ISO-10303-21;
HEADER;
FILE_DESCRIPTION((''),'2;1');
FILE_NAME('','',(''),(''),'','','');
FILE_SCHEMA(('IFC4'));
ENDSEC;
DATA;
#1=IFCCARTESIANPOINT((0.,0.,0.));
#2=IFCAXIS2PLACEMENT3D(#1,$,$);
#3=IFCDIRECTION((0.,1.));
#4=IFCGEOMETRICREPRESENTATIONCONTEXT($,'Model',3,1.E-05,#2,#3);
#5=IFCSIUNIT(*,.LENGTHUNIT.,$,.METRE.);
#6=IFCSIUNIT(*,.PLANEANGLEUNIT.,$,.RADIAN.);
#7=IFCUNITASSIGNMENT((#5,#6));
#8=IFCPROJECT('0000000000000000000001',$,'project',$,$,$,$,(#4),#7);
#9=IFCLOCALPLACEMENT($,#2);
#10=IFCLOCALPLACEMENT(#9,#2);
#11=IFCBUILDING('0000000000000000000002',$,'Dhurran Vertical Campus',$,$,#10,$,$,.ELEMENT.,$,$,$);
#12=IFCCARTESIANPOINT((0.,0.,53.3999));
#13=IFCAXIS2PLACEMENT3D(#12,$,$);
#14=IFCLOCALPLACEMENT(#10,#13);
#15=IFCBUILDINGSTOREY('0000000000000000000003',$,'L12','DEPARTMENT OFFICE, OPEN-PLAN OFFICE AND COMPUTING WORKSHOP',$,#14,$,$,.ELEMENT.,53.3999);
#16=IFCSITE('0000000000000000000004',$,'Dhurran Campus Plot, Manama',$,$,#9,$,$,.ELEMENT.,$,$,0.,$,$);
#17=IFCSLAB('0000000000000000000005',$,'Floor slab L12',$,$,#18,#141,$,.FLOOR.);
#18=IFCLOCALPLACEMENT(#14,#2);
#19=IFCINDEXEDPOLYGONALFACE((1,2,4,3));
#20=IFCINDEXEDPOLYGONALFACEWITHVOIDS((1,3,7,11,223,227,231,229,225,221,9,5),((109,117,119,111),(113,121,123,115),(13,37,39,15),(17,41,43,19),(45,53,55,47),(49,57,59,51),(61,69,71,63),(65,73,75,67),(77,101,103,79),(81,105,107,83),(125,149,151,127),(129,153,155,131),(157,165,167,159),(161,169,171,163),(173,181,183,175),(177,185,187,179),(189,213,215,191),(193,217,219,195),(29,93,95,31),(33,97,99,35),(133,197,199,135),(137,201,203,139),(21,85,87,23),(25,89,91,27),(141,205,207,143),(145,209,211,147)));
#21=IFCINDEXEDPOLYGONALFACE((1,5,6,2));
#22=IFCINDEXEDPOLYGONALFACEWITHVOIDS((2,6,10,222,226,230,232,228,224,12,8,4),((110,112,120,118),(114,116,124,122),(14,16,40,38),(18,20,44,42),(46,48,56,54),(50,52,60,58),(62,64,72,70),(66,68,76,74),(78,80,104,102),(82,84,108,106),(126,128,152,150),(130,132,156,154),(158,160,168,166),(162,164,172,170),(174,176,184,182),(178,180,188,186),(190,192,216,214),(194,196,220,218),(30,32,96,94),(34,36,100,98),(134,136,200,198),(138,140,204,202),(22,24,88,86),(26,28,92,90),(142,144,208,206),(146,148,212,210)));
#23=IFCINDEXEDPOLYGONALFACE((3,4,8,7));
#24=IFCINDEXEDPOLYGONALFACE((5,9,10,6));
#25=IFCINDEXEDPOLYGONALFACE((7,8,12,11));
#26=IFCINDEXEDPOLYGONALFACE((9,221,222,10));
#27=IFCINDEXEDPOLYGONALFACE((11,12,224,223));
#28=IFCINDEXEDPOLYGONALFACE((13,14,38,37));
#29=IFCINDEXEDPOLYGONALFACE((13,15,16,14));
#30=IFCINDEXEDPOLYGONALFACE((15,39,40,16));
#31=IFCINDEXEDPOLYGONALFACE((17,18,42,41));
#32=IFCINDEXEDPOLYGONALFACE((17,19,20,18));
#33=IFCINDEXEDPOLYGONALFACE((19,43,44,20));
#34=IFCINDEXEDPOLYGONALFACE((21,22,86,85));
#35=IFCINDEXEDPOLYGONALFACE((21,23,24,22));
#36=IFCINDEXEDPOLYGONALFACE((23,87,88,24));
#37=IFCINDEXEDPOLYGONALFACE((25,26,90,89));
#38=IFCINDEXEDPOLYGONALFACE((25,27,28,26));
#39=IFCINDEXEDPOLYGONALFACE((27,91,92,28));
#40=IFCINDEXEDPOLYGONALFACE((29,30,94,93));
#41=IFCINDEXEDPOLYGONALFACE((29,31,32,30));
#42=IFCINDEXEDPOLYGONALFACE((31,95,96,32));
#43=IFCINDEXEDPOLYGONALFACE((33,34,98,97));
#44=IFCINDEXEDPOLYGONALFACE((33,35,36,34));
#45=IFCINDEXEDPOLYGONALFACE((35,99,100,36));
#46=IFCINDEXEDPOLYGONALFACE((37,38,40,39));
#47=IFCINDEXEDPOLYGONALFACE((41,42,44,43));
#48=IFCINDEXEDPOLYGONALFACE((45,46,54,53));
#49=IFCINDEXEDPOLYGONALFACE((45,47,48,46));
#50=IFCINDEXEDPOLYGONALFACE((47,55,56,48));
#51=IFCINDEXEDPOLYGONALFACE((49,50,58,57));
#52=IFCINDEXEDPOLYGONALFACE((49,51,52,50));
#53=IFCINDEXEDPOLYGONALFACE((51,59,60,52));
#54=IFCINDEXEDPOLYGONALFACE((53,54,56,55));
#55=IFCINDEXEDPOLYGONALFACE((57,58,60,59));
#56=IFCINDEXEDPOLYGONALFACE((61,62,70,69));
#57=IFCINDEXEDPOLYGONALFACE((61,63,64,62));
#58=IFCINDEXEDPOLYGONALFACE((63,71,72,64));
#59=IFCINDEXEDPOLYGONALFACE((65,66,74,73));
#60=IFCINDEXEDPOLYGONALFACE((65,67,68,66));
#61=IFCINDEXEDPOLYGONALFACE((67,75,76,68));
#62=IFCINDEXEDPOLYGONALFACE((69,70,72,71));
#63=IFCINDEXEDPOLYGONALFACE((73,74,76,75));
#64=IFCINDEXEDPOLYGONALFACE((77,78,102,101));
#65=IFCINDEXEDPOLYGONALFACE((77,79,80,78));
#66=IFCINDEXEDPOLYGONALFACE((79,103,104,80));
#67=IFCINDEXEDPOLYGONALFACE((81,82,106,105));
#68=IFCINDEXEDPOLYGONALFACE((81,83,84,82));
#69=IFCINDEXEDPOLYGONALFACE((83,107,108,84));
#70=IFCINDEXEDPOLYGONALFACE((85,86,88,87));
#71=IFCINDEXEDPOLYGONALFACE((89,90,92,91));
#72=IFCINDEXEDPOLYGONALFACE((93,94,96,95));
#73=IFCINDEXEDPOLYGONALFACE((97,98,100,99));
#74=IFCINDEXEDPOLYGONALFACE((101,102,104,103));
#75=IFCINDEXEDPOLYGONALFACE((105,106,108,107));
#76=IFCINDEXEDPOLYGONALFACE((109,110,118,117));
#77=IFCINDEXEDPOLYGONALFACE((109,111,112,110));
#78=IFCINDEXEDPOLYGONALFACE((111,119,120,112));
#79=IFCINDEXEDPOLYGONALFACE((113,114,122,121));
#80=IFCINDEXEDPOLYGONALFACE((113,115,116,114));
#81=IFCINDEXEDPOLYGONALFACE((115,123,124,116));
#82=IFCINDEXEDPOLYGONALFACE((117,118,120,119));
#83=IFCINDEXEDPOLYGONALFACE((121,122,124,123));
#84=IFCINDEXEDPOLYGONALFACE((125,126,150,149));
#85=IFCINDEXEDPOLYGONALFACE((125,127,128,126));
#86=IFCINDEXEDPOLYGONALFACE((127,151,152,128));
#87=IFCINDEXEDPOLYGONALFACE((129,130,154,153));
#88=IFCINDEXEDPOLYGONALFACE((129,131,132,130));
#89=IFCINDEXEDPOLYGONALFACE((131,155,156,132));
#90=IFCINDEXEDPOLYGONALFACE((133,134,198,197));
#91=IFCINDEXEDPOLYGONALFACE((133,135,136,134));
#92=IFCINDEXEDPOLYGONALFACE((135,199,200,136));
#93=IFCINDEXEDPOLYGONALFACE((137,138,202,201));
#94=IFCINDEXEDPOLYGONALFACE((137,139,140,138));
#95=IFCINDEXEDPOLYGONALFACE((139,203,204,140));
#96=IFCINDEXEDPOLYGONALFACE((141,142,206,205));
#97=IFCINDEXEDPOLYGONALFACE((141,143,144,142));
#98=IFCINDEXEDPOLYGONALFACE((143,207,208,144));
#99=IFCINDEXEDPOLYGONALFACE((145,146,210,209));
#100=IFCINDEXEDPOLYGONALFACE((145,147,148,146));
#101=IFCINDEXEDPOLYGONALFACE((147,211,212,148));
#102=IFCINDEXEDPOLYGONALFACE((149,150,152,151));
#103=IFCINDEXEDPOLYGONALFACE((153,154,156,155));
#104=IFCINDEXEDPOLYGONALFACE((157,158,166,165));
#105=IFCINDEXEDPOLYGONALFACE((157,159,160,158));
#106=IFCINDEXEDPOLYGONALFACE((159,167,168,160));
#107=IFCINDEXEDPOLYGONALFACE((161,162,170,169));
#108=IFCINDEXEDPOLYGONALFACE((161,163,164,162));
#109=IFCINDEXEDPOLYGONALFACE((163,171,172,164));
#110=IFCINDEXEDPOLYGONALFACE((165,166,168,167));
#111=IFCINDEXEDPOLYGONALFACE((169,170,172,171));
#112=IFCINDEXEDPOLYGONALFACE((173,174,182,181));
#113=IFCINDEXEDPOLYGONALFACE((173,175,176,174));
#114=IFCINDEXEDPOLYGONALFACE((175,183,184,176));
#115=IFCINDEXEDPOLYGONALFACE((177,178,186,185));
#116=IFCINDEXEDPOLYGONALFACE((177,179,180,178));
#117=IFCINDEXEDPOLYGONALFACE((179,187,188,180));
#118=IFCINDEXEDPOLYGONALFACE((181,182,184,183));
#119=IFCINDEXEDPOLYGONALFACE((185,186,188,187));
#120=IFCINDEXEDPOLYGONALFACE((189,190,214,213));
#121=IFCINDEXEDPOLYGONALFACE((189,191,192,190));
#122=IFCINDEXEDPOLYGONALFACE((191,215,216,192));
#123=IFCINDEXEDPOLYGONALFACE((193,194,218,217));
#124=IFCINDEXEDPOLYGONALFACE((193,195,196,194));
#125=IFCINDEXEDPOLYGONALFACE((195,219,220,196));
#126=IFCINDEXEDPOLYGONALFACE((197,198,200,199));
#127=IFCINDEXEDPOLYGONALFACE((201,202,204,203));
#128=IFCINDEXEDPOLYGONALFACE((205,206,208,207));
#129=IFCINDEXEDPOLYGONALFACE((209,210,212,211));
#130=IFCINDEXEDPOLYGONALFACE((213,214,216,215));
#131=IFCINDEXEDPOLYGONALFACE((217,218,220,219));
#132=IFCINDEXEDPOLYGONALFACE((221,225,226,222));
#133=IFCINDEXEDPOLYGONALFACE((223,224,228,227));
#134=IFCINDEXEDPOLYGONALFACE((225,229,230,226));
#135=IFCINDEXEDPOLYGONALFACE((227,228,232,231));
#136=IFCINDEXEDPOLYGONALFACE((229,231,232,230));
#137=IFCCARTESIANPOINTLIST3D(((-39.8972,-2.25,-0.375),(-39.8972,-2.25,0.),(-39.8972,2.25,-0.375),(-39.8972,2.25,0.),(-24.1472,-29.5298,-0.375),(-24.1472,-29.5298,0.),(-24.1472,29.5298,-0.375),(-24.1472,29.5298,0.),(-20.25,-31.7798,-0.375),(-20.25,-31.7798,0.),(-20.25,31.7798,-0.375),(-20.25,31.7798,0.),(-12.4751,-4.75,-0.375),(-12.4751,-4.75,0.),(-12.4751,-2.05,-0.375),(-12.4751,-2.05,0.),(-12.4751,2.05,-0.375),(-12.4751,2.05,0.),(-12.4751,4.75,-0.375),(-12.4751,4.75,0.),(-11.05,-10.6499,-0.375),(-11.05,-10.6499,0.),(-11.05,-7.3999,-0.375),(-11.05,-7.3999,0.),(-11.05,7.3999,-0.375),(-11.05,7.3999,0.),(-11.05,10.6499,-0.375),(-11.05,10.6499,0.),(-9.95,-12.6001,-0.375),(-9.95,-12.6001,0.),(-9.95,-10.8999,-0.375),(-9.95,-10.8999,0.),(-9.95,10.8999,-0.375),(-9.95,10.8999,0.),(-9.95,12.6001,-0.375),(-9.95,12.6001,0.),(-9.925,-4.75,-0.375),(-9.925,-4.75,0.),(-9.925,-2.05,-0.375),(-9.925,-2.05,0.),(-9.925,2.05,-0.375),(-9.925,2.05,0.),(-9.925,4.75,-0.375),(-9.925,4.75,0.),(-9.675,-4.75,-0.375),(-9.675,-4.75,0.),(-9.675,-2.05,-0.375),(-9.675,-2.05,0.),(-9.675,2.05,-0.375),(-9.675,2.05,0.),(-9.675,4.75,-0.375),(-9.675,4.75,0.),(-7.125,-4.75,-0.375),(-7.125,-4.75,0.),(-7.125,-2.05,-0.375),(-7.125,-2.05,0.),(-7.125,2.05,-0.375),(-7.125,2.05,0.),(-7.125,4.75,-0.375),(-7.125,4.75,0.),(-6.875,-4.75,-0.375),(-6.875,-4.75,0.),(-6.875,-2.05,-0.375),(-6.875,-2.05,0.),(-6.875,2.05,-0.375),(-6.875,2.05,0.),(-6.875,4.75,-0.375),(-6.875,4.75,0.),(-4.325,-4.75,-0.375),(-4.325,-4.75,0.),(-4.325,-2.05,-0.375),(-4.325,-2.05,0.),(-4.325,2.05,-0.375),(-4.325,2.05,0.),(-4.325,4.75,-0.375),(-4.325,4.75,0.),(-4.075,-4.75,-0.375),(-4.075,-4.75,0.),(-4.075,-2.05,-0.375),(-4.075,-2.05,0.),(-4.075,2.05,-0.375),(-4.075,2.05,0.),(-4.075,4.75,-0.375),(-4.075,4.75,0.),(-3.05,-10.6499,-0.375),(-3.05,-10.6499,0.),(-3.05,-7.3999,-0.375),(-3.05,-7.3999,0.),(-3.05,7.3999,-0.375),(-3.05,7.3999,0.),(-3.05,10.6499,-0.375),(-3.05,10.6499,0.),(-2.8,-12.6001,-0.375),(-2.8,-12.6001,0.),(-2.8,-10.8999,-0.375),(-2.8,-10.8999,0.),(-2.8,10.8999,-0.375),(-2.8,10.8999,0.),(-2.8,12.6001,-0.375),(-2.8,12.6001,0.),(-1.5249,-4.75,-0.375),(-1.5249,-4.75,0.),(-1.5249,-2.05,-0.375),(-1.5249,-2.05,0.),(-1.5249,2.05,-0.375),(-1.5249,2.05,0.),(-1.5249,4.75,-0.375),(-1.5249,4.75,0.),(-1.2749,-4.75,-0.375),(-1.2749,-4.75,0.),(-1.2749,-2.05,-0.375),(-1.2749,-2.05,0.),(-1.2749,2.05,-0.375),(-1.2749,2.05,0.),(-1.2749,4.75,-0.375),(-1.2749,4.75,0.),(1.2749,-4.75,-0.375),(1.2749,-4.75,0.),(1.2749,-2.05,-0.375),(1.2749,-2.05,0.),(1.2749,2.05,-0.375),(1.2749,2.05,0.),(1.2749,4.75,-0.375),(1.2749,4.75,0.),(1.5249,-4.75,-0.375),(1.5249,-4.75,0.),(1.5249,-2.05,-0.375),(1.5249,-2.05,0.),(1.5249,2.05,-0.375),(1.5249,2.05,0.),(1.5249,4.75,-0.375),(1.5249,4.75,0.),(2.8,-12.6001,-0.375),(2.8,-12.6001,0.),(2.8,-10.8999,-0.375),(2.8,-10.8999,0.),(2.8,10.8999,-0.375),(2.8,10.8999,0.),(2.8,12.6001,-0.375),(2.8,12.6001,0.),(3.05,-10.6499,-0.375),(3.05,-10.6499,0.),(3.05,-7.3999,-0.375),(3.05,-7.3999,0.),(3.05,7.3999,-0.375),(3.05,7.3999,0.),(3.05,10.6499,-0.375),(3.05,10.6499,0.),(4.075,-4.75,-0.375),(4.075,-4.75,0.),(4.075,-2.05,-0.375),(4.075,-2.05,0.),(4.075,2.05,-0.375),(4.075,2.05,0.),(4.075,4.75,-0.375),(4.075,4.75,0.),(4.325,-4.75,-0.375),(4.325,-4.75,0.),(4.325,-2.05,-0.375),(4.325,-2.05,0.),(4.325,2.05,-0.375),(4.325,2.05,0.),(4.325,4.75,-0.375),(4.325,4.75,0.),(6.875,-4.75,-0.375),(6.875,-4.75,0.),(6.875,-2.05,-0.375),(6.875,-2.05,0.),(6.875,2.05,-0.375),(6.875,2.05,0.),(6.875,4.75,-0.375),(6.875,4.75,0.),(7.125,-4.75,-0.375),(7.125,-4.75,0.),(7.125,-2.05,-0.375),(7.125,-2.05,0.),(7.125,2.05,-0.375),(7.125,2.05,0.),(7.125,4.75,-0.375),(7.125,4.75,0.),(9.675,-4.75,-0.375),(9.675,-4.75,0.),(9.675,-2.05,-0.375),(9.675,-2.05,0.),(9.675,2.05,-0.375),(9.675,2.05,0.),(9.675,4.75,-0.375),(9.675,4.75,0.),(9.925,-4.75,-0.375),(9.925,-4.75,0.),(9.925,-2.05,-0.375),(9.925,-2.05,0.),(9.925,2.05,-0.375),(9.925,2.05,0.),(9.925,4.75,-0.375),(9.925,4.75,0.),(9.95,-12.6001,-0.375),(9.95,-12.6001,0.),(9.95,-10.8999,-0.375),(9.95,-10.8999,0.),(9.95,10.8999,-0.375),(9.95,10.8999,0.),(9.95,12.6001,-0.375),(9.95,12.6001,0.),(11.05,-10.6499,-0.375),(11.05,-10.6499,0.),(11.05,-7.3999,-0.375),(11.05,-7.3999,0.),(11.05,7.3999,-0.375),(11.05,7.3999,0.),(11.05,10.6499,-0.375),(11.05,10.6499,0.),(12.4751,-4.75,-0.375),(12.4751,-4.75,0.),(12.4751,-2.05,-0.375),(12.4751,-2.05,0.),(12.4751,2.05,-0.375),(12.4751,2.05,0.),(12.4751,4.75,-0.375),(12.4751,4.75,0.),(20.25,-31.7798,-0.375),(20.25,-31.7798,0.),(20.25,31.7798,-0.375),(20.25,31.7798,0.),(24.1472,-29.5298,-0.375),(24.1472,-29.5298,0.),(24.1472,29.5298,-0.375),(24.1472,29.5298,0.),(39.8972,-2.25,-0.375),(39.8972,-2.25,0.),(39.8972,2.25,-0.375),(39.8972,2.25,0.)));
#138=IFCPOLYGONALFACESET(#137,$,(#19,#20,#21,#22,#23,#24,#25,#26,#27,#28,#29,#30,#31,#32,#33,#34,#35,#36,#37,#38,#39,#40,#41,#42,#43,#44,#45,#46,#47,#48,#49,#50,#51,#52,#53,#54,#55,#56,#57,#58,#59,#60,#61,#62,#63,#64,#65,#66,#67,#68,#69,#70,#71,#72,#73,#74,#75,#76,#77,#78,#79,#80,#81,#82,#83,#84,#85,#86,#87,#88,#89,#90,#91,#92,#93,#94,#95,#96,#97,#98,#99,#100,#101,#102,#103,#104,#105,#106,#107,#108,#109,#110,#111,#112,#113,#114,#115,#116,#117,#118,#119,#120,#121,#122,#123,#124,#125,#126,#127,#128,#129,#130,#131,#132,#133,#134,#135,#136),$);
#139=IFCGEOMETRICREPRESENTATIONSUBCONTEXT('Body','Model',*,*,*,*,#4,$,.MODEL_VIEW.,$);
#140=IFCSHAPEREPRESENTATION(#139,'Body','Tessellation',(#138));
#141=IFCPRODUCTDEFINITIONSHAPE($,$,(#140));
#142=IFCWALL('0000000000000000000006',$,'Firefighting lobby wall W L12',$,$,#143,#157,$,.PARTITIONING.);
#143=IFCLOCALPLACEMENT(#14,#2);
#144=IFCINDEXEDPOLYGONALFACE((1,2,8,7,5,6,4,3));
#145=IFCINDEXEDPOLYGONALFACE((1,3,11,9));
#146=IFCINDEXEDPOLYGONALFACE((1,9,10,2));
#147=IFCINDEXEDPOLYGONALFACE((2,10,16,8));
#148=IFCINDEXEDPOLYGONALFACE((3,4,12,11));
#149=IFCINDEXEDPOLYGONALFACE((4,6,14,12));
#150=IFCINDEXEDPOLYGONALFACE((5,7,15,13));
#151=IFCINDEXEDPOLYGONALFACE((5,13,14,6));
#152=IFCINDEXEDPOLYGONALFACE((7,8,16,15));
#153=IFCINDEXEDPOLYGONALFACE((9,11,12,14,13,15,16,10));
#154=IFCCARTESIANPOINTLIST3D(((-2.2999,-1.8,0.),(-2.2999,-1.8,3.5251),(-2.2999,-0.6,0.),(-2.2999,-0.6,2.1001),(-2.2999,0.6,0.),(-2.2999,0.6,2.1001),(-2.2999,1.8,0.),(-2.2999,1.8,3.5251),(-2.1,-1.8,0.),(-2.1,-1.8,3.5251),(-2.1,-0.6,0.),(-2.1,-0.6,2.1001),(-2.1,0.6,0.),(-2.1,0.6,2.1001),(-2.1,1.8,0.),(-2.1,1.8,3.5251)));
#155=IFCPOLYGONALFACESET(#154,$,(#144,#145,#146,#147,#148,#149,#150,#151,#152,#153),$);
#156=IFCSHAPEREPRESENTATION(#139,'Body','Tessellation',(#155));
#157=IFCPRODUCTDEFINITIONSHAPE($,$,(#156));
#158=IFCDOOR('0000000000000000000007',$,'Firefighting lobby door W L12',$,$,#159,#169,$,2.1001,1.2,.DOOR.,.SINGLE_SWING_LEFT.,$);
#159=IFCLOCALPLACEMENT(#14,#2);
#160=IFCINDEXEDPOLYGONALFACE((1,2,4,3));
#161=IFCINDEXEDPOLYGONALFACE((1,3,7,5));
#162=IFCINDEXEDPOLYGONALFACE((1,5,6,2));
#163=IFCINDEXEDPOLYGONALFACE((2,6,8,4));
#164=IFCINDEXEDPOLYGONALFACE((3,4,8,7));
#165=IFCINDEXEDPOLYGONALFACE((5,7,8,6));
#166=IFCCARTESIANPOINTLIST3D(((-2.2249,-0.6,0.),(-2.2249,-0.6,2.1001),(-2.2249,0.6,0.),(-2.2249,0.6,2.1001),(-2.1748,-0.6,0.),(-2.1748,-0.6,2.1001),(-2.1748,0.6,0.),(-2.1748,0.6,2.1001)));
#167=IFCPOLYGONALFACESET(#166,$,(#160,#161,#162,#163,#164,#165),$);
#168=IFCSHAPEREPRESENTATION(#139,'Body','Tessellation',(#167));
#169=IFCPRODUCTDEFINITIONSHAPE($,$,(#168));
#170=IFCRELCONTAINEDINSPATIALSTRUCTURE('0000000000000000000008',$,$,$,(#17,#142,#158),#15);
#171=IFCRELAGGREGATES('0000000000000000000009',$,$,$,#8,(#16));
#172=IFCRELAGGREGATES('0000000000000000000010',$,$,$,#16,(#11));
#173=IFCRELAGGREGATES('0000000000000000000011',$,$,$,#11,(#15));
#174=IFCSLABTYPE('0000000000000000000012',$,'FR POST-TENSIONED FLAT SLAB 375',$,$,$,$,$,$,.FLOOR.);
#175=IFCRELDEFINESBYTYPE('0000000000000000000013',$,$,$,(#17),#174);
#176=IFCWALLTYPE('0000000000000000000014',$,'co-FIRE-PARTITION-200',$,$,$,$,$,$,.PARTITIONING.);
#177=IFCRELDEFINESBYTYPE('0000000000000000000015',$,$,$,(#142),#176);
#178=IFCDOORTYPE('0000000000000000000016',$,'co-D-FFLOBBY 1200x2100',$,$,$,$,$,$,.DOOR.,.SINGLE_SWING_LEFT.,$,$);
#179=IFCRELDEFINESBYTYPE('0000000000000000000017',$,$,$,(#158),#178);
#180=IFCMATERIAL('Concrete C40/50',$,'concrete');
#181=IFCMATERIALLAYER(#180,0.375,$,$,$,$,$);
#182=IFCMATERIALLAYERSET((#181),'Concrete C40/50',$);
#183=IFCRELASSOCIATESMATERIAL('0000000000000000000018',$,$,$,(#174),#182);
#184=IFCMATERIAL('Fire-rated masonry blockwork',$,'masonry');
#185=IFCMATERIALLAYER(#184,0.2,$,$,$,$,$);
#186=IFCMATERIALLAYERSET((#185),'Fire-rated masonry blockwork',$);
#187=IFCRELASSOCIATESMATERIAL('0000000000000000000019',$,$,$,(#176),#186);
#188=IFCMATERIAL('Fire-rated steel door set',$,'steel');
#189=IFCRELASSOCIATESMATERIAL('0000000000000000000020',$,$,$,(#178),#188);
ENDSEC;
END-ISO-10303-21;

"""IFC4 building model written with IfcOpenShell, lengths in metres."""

from ifc_helpers import new_model, si_unit, direction, frame, frame_2d, origin, place, context, subcontext, project, spatial, polyline, rectangle, outline, extrude, material, layer, layer_set, type_object, element, fill, save


model = new_model("IFC4")

# Units and contexts
model_context = context("Model", 3, precision=1e-05, world=origin(), true_north=direction((0.0, 1.0)))
body_context = subcontext(model_context, "Body", "Model", "MODEL_VIEW")
ifc_project = project(units=[si_unit("LENGTHUNIT", "METRE"), si_unit("PLANEANGLEUNIT", "RADIAN")], contexts=[model_context])

# Site, building, storey
site_placement = place(None, origin())
site = spatial("IfcSite", under=ifc_project, at=site_placement, Name="Dhurran Campus Plot, Manama", CompositionType="ELEMENT", RefElevation=0.0)
building_placement = place(site_placement, origin())
building = spatial("IfcBuilding", under=site, at=building_placement, Name="Dhurran Vertical Campus", CompositionType="ELEMENT")
storey_placement = place(building_placement, frame((0.0, 0.0, 53.3999)))
storey = spatial("IfcBuildingStorey", under=building, at=storey_placement, Name="L12", Description="DEPARTMENT OFFICE, OPEN-PLAN OFFICE AND COMPUTING WORKSHOP", CompositionType="ELEMENT", Elevation=53.3999)

# Slab
ifc_material_1 = material(Name="Concrete C40/50", Category="concrete")
ifc_layer_1 = layer(ifc_material_1, 0.375)
ifc_layer_set_1 = layer_set([ifc_layer_1], Name="Concrete C40/50")
slab_type = type_object("IfcSlabType", Name="FR POST-TENSIONED FLAT SLAB 375", PredefinedType="FLOOR", material=ifc_layer_set_1)
slab_placement = place(storey_placement, frame((0.0, 0.0, -0.375)))
element("IfcSlab", 1, at=slab_placement, inside=storey, type_object=slab_type, Name="Floor slab L12", PredefinedType="FLOOR", context=body_context, shape_type="SweptSolid", body=[
    extrude(outline(polyline([(-20.25, -31.7798), (20.25, -31.7798), (24.1472, -29.5298), (39.8972, -2.25), (39.8972, 2.25), (24.1472, 29.5298), (20.25, 31.7798), (-20.25, 31.7798), (-24.1472, 29.5298), (-39.8972, 2.25), (-39.8972, -2.25), (-24.1472, -29.5298), (-20.25, -31.7798)]), holes=[polyline([(-12.4751, 2.05), (-9.925, 2.05), (-9.925, 4.75), (-12.4751, 4.75), (-12.4751, 2.05)]), polyline([(-9.675, 2.05), (-7.125, 2.05), (-7.125, 4.75), (-9.675, 4.75), (-9.675, 2.05)]), polyline([(-6.875, 2.05), (-4.325, 2.05), (-4.325, 4.75), (-6.875, 4.75), (-6.875, 2.05)]), polyline([(-1.2749, 2.05), (1.2749, 2.05), (1.2749, 4.75), (-1.2749, 4.75), (-1.2749, 2.05)]), polyline([(9.925, 2.05), (12.4751, 2.05), (12.4751, 4.75), (9.925, 4.75), (9.925, 2.05)]), polyline([(-1.2749, -4.75), (1.2749, -4.75), (1.2749, -2.05), (-1.2749, -2.05), (-1.2749, -4.75)]), polyline([(1.5249, -4.75), (4.075, -4.75), (4.075, -2.05), (1.5249, -2.05), (1.5249, -4.75)]), polyline([(4.325, -4.75), (6.875, -4.75), (6.875, -2.05), (4.325, -2.05), (4.325, -4.75)]), polyline([(7.125, -4.75), (9.675, -4.75), (9.675, -2.05), (7.125, -2.05), (7.125, -4.75)]), polyline([(9.925, -4.75), (12.4751, -4.75), (12.4751, -2.05), (9.925, -2.05), (9.925, -4.75)]), polyline([(-4.075, 2.05), (-1.5249, 2.05), (-1.5249, 4.75), (-4.075, 4.75), (-4.075, 2.05)]), polyline([(1.5249, 2.05), (4.075, 2.05), (4.075, 4.75), (1.5249, 4.75), (1.5249, 2.05)]), polyline([(4.325, 2.05), (6.875, 2.05), (6.875, 4.75), (4.325, 4.75), (4.325, 2.05)]), polyline([(7.125, 2.05), (9.675, 2.05), (9.675, 4.75), (7.125, 4.75), (7.125, 2.05)]), polyline([(-12.4751, -4.75), (-9.925, -4.75), (-9.925, -2.05), (-12.4751, -2.05), (-12.4751, -4.75)]), polyline([(-9.675, -4.75), (-7.125, -4.75), (-7.125, -2.05), (-9.675, -2.05), (-9.675, -4.75)]), polyline([(-6.875, -4.75), (-4.325, -4.75), (-4.325, -2.05), (-6.875, -2.05), (-6.875, -4.75)]), polyline([(-4.075, -4.75), (-1.5249, -4.75), (-1.5249, -2.05), (-4.075, -2.05), (-4.075, -4.75)]), polyline([(-11.05, 7.3999), (-3.05, 7.3999), (-3.05, 10.6499), (-11.05, 10.6499), (-11.05, 7.3999)]), polyline([(3.05, 7.3999), (11.05, 7.3999), (11.05, 10.6499), (3.05, 10.6499), (3.05, 7.3999)]), polyline([(-11.05, -10.6499), (-3.05, -10.6499), (-3.05, -7.3999), (-11.05, -7.3999), (-11.05, -10.6499)]), polyline([(3.05, -10.6499), (11.05, -10.6499), (11.05, -7.3999), (3.05, -7.3999), (3.05, -10.6499)]), polyline([(-9.95, 10.8999), (-9.95, 12.6001), (-2.8, 12.6001), (-2.8, 10.8999), (-9.95, 10.8999)]), polyline([(9.95, 12.6001), (9.95, 10.8999), (2.8, 10.8999), (2.8, 12.6001), (9.95, 12.6001)]), polyline([(-9.95, -12.6001), (-9.95, -10.8999), (-2.8, -10.8999), (-2.8, -12.6001), (-9.95, -12.6001)]), polyline([(9.95, -10.8999), (9.95, -12.6001), (2.8, -12.6001), (2.8, -10.8999), (9.95, -10.8999)])]), origin(), (0.0, 0.0, 1.0), 0.375),
])

# Wall, opening, door
ifc_material_2 = material(Name="Fire-rated masonry blockwork", Category="masonry")
ifc_layer_2 = layer(ifc_material_2, 0.2)
ifc_layer_set_2 = layer_set([ifc_layer_2], Name="Fire-rated masonry blockwork")
wall_type_1 = type_object("IfcWallType", Name="co-FIRE-PARTITION-200", PredefinedType="PARTITIONING", material=ifc_layer_set_2)
wall_1_placement = place(storey_placement, frame((-2.2, -1.8, 0.0), z_axis=(0.0, 0.0, 1.0), x_axis=(0.0, 1.0, 0.0)))
wall_1 = element("IfcWall", 2, at=wall_1_placement, inside=storey, type_object=wall_type_1, Name="Firefighting lobby wall W L12", PredefinedType="PARTITIONING", context=body_context, shape_type="SweptSolid", body=[
    extrude(rectangle(XDim=3.6001, YDim=0.2, at=frame_2d((1.8, 0.0))), origin(), (0.0, 0.0, 1.0), 3.5251),
])
opening_1_placement = place(wall_1_placement, frame((1.2, 0.0, 0.0)))
opening_1 = element("IfcOpeningElement", 3, at=opening_1_placement, cuts=wall_1, PredefinedType="OPENING", context=body_context, shape_type="SweptSolid", body=[
    extrude(rectangle(XDim=1.2, YDim=2.1001, at=frame_2d((0.6001, 1.05))), frame((0.0, 0.1099, 0.0), z_axis=(0.0, -1.0, 0.0), x_axis=(1.0, 0.0, 0.0)), (0.0, 0.0, 1.0), 0.22),
])
ifc_material_3 = material(Name="Fire-rated steel door set", Category="steel")
door_type_1 = type_object("IfcDoorType", Name="co-D-FFLOBBY 1200x2100", OperationType="SINGLE_SWING_LEFT", PredefinedType="DOOR", material=ifc_material_3)
door_1_placement = place(opening_1_placement, origin())
door_1 = element("IfcDoor", 4, at=door_1_placement, inside=storey, type_object=door_type_1, Name="Firefighting lobby door W L12", OperationType="SINGLE_SWING_LEFT", OverallHeight=2.1001, OverallWidth=1.2, PredefinedType="DOOR", context=body_context, shape_type="SweptSolid", body=[
    extrude(rectangle(XDim=1.2, YDim=2.1001, at=frame_2d((0.6001, 1.05))), frame((0.0, 0.0249, 0.0), z_axis=(0.0, -1.0, 0.0), x_axis=(1.0, 0.0, 0.0)), (0.0, 0.0, 1.0), 0.05),
])
fill(opening_1, door_1)

save(model, "model.ifc")
